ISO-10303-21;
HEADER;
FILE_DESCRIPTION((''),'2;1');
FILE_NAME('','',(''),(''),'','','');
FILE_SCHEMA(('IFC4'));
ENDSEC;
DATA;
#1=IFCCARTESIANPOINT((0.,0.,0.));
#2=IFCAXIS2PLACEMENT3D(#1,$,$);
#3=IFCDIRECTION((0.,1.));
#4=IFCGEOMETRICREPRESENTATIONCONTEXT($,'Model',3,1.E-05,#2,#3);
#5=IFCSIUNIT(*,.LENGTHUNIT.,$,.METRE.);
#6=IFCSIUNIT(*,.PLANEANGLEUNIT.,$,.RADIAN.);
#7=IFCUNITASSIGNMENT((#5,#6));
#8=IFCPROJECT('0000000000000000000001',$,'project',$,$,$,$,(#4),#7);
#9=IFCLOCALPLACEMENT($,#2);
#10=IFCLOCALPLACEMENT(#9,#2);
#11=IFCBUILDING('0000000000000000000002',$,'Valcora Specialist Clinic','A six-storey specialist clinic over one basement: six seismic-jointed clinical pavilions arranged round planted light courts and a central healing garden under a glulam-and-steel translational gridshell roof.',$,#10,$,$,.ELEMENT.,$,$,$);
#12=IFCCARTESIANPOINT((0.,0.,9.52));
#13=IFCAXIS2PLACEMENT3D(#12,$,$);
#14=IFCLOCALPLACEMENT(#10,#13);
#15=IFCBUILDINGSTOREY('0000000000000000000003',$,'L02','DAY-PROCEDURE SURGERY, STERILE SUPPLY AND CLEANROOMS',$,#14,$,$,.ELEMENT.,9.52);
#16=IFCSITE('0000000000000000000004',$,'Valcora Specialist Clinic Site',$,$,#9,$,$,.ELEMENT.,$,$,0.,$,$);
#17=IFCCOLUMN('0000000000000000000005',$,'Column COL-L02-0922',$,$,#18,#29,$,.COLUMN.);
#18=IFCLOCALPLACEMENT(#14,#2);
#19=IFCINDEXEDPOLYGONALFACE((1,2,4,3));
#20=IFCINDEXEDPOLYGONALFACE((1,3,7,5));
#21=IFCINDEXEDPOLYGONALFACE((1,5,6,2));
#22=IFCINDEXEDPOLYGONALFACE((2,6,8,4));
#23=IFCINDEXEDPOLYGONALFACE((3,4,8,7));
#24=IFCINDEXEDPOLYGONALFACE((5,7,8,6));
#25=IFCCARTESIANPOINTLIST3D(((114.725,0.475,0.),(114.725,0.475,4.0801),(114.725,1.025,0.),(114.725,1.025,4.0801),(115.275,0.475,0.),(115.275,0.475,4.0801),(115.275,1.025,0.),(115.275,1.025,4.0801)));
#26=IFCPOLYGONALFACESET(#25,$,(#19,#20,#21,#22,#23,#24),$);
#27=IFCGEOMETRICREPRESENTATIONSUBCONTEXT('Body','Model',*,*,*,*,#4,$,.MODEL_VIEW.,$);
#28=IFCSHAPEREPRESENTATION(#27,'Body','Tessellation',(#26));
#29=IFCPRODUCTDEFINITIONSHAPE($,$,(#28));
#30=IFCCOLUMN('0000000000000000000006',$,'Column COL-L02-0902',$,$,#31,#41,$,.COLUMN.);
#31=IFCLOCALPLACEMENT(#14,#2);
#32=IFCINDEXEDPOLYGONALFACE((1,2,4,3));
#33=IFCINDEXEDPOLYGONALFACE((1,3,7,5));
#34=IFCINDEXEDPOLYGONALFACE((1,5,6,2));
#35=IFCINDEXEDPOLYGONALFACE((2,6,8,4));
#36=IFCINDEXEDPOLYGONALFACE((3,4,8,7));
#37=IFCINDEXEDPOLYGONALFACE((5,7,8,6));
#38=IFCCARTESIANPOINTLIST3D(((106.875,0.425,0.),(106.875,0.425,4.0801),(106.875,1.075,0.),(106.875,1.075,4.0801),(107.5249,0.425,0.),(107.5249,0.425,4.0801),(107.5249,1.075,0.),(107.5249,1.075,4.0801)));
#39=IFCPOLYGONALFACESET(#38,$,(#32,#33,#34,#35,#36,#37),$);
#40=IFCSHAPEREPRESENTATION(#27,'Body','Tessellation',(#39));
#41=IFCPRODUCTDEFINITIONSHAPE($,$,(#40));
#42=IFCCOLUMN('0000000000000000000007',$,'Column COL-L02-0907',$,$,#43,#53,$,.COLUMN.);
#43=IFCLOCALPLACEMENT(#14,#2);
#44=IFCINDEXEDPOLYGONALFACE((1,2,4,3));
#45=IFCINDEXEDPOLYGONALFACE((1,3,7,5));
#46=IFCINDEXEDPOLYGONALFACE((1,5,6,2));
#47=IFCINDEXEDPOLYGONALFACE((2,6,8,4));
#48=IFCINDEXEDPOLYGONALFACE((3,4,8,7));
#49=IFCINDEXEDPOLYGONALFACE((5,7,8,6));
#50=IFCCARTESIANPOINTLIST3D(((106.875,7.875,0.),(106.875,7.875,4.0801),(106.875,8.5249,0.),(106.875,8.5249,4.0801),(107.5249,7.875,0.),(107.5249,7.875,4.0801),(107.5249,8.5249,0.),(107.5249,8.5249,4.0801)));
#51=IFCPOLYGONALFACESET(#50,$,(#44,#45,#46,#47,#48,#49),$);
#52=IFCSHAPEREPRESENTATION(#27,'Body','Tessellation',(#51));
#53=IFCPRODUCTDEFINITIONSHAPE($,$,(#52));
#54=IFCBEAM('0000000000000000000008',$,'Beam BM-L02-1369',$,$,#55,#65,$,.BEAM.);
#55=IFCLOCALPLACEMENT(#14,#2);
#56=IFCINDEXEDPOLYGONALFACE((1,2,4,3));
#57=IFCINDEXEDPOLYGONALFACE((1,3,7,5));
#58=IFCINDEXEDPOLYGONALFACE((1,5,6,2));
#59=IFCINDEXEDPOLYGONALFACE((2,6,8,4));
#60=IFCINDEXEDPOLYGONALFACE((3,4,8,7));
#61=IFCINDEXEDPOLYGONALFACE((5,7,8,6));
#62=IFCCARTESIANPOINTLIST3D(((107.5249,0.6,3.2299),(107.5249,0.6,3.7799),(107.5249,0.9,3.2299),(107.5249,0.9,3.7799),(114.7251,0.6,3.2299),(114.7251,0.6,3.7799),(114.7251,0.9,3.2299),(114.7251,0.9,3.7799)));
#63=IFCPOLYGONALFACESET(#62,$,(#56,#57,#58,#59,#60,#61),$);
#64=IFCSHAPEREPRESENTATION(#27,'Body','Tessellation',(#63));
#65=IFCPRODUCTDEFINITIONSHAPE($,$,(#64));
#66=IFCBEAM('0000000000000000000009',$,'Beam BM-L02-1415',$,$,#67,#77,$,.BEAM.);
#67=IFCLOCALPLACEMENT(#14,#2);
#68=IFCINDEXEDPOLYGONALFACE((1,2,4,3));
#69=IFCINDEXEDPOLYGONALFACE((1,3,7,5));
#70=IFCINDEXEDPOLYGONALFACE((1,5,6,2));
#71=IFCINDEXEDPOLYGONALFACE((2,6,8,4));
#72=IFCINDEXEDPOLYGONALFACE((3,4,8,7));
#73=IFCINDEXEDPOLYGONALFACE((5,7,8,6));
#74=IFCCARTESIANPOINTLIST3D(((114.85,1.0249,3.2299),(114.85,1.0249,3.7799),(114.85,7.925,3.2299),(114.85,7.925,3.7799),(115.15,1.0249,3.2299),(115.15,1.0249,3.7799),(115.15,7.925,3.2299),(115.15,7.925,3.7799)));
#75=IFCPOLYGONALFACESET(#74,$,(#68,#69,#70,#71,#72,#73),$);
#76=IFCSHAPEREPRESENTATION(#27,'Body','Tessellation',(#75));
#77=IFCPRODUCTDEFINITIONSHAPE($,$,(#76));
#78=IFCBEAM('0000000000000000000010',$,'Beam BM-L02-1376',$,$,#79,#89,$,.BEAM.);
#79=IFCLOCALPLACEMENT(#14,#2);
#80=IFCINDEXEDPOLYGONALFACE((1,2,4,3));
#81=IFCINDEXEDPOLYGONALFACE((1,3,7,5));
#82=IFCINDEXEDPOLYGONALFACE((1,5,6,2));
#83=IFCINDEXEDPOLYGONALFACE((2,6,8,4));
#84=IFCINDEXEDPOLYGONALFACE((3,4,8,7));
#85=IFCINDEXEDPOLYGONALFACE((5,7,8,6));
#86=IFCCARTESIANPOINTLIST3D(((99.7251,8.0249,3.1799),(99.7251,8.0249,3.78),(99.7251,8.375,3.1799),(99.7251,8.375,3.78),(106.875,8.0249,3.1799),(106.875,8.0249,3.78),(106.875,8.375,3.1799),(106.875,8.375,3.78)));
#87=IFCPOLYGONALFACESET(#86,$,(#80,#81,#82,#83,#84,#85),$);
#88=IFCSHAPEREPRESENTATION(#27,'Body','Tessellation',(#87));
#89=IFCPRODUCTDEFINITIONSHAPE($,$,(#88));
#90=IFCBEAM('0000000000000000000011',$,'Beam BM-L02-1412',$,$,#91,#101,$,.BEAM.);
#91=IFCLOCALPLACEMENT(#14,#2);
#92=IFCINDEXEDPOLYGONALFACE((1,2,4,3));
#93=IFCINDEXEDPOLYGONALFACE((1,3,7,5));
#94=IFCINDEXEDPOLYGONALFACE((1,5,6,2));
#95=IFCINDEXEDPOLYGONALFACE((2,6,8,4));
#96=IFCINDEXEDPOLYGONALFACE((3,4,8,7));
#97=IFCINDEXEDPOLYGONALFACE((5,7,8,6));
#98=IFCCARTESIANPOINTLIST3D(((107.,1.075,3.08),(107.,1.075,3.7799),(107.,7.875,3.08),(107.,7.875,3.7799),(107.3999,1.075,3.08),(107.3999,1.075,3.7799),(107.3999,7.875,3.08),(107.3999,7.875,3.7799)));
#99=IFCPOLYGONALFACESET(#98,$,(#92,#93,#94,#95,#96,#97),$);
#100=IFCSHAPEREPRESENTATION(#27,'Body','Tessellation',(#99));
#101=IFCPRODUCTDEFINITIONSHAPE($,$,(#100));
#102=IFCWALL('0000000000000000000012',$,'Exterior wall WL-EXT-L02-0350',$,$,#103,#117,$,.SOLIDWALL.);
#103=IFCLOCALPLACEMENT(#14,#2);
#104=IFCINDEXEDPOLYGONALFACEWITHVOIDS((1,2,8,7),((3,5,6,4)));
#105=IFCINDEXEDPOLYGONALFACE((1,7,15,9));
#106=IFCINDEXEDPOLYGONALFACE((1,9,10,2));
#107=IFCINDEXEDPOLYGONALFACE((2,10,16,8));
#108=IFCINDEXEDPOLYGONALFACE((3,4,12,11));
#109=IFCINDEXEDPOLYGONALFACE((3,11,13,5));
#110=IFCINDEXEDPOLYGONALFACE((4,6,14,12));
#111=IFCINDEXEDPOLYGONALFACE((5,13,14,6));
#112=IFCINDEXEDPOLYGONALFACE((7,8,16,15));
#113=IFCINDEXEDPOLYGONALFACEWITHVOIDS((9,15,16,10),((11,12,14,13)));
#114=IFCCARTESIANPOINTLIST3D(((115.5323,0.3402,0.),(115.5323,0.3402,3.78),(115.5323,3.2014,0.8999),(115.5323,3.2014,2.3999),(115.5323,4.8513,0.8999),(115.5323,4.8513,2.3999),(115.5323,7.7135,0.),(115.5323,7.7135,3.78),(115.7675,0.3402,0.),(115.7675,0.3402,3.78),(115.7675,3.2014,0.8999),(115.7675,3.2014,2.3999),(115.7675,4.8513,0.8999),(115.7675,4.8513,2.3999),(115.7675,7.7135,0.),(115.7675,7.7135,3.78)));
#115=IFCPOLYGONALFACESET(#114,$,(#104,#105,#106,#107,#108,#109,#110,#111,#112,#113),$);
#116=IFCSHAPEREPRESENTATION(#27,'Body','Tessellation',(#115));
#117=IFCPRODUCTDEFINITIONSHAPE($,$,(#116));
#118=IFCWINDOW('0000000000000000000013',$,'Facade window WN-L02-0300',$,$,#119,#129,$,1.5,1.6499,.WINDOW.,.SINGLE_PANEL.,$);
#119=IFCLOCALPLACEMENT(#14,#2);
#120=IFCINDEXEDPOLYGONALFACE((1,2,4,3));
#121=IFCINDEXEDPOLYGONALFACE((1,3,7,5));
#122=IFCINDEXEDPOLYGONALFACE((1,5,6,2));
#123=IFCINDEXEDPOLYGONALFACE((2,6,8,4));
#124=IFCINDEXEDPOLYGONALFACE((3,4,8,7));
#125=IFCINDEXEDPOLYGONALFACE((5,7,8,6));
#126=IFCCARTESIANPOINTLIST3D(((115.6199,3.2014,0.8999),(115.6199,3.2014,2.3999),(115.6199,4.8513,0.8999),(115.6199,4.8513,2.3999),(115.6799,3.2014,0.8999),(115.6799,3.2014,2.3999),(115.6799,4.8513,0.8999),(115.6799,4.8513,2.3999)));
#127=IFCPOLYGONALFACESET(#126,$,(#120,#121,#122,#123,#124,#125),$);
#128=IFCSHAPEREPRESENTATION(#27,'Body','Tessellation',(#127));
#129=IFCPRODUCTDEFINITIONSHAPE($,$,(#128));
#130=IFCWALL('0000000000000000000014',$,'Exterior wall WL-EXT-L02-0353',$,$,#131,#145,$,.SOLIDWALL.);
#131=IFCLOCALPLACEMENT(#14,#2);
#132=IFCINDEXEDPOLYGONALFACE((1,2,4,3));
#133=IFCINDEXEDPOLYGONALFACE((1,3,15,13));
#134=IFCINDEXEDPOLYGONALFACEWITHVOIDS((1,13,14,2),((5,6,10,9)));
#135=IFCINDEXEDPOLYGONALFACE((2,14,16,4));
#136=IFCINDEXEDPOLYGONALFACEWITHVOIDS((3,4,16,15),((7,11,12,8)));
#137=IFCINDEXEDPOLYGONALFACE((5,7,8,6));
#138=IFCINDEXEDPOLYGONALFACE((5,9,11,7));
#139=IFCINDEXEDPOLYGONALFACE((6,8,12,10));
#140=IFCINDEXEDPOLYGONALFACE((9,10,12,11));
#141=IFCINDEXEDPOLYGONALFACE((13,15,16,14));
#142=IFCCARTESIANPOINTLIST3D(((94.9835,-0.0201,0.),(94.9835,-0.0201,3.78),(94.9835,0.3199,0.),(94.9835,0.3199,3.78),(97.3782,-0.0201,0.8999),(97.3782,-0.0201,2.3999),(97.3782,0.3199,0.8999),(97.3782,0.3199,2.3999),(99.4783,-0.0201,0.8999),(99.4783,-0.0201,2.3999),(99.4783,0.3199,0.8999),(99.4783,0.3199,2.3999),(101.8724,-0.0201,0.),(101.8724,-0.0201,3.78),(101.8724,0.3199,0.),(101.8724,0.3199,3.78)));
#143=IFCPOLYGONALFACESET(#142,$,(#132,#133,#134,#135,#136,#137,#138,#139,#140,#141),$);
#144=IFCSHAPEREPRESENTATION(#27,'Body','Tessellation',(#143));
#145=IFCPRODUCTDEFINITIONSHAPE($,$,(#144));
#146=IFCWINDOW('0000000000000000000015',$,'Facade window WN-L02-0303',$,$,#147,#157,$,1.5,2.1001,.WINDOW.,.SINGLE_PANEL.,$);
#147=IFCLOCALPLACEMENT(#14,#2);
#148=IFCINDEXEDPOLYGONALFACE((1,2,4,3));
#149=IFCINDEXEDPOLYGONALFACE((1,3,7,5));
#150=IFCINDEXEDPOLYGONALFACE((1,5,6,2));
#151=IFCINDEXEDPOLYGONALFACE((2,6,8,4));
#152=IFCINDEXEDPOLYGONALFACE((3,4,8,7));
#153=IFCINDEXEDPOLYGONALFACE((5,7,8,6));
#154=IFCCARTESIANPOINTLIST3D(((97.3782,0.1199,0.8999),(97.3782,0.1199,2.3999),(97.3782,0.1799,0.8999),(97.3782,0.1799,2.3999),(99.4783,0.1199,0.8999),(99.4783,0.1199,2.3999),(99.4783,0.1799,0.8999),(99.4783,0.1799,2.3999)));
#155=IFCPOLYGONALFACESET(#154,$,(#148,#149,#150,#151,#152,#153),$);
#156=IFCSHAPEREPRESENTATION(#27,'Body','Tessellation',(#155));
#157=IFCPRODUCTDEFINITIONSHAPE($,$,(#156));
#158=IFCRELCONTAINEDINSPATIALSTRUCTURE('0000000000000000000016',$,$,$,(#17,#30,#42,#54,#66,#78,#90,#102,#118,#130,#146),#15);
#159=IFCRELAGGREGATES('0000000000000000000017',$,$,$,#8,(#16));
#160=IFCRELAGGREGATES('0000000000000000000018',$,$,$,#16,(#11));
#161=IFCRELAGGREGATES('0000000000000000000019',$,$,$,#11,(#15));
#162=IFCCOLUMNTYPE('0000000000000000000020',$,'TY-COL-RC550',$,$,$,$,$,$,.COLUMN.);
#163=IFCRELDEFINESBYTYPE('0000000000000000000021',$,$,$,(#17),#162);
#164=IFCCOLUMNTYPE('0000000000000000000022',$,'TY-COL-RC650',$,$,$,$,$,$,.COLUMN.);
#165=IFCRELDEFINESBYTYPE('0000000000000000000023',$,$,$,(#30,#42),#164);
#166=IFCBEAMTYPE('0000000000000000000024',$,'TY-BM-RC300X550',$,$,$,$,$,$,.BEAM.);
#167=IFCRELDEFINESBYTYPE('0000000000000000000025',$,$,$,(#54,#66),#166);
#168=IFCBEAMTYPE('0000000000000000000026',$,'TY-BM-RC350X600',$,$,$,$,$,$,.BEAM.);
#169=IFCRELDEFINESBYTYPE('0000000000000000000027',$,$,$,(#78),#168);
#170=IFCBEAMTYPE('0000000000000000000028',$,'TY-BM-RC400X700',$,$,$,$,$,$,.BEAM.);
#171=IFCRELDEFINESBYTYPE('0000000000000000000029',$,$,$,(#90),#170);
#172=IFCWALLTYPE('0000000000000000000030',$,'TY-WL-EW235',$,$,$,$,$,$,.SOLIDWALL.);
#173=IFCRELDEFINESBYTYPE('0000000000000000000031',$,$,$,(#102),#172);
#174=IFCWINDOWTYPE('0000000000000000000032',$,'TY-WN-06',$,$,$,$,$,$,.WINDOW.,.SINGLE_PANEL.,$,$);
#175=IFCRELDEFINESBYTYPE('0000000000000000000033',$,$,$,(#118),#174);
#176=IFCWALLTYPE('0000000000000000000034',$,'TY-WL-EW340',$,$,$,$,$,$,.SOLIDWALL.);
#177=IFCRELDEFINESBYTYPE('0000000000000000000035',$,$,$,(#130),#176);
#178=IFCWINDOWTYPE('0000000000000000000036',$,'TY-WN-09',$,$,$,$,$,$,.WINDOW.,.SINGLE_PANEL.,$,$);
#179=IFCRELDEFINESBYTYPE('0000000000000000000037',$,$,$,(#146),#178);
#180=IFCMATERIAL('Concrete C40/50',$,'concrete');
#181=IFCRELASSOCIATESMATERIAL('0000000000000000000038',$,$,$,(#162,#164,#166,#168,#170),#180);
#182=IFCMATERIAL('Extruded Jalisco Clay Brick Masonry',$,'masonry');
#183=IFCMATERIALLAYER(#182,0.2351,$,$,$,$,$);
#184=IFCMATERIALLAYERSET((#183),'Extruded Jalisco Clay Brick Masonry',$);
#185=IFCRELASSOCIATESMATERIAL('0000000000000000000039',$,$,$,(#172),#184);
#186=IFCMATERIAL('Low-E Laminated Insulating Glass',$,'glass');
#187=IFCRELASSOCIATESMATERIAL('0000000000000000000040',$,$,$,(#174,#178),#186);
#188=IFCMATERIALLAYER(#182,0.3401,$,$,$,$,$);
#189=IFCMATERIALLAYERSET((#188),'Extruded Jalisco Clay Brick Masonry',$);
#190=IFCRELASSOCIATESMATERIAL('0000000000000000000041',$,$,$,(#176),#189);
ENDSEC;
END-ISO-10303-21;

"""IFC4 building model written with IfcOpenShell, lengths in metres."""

from ifc_helpers import new_model, si_unit, direction, frame, frame_2d, origin, origin_2d, place, context, subcontext, project, spatial, rectangle, extrude, material, layer, layer_set, material_profile, profile_set, type_object, element, fill, save


model = new_model("IFC4")

# Units and contexts
model_context = context("Model", 3, precision=1e-05, world=origin(), true_north=direction((0.0, 1.0)))
body_context = subcontext(model_context, "Body", "Model", "MODEL_VIEW")
ifc_project = project(units=[si_unit("LENGTHUNIT", "METRE"), si_unit("PLANEANGLEUNIT", "RADIAN")], contexts=[model_context])

# Site, building, storey
site_placement = place(None, origin())
site = spatial("IfcSite", under=ifc_project, at=site_placement, Name="Valcora Specialist Clinic Site", CompositionType="ELEMENT", RefElevation=0.0)
building_placement = place(site_placement, origin())
building = spatial("IfcBuilding", under=site, at=building_placement, Name="Valcora Specialist Clinic", Description="A six-storey specialist clinic over one basement: six seismic-jointed clinical pavilions arranged round planted light courts and a central healing garden under a glulam-and-steel translational gridshell roof.", CompositionType="ELEMENT")
storey_placement = place(building_placement, frame((0.0, 0.0, 9.52)))
storey = spatial("IfcBuildingStorey", under=building, at=storey_placement, Name="L02", Description="DAY-PROCEDURE SURGERY, STERILE SUPPLY AND CLEANROOMS", CompositionType="ELEMENT", Elevation=9.52)

# Columns
ifc_material_1 = material(Name="Concrete C40/50", Category="concrete")
ifc_material_profile_1 = material_profile(ifc_material_1, rectangle(XDim=0.55, YDim=0.55, at=origin_2d()), Name="RC-COL-550X550")
ifc_profile_set_1 = profile_set([ifc_material_profile_1], Name="Concrete C40/50")
column_type_1 = type_object("IfcColumnType", Name="TY-COL-RC550", PredefinedType="COLUMN", material=ifc_profile_set_1)
column_placement = place(storey_placement, frame((115.0, 0.75, 0.0), z_axis=(0.0, 0.0, 1.0), x_axis=(1.0, 0.0, 0.0)))
element("IfcColumn", 1, at=column_placement, inside=storey, type_object=column_type_1, Name="Column COL-L02-0922", PredefinedType="COLUMN", context=body_context, shape_type="SweptSolid", body=[
    extrude(rectangle(XDim=0.55, YDim=0.55, at=origin_2d()), origin(), (0.0, 0.0, 1.0), 4.0801),
])
ifc_material_profile_2 = material_profile(ifc_material_1, rectangle(XDim=0.6499, YDim=0.6499, at=origin_2d()), Name="RC-COL-650X650")
ifc_profile_set_2 = profile_set([ifc_material_profile_2], Name="Concrete C40/50")
column_type_2 = type_object("IfcColumnType", Name="TY-COL-RC650", PredefinedType="COLUMN", material=ifc_profile_set_2)
for number, where, z_axis, x_axis, name in (
    (2, (107.2, 0.75, 0.0), (0.0, 0.0, 1.0), (1.0, 0.0, 0.0), "Column COL-L02-0902"),
    (3, (107.2, 8.2, 0.0), (0.0, 0.0, 1.0), (1.0, 0.0, 0.0), "Column COL-L02-0907"),
):
    element("IfcColumn", number, at=place(storey_placement, frame(where, z_axis=z_axis, x_axis=x_axis)), inside=storey, type_object=column_type_2, Name=name, PredefinedType="COLUMN", context=body_context, shape_type="SweptSolid", body=[
        extrude(rectangle(XDim=0.6499, YDim=0.6499, at=origin_2d()), origin(), (0.0, 0.0, 1.0), 4.0801),
    ])

# Beams
ifc_material_profile_3 = material_profile(ifc_material_1, rectangle(XDim=0.3, YDim=0.55, at=origin_2d()), Name="RC-BM-300X550")
ifc_profile_set_3 = profile_set([ifc_material_profile_3], Name="Concrete C40/50")
beam_type_1 = type_object("IfcBeamType", Name="TY-BM-RC300X550", PredefinedType="BEAM", material=ifc_profile_set_3)
beam_1_placement = place(storey_placement, frame((107.5249, 0.75, 3.5049), z_axis=(1.0, 0.0, 0.0), x_axis=(0.0, 1.0, 0.0)))
element("IfcBeam", 4, at=beam_1_placement, inside=storey, type_object=beam_type_1, Name="Beam BM-L02-1369", PredefinedType="BEAM", context=body_context, shape_type="SweptSolid", body=[
    extrude(rectangle(XDim=0.3, YDim=0.55, at=origin_2d()), origin(), (0.0, 0.0, 1.0), 7.2002),
])
beam_2_placement = place(storey_placement, frame((115.0, 1.0249, 3.5049), z_axis=(0.0, 1.0, 0.0), x_axis=(-1.0, 0.0, 0.0)))
element("IfcBeam", 5, at=beam_2_placement, inside=storey, type_object=beam_type_1, Name="Beam BM-L02-1415", PredefinedType="BEAM", context=body_context, shape_type="SweptSolid", body=[
    extrude(rectangle(XDim=0.3, YDim=0.55, at=origin_2d()), origin(), (0.0, 0.0, 1.0), 6.9001),
])
ifc_material_profile_4 = material_profile(ifc_material_1, rectangle(XDim=0.3501, YDim=0.6001, at=origin_2d()), Name="RC-BM-350X600")
ifc_profile_set_4 = profile_set([ifc_material_profile_4], Name="Concrete C40/50")
beam_type_2 = type_object("IfcBeamType", Name="TY-BM-RC350X600", PredefinedType="BEAM", material=ifc_profile_set_4)
beam_3_placement = place(storey_placement, frame((99.7251, 8.2, 3.48), z_axis=(1.0, 0.0, 0.0), x_axis=(0.0, 1.0, 0.0)))
element("IfcBeam", 6, at=beam_3_placement, inside=storey, type_object=beam_type_2, Name="Beam BM-L02-1376", PredefinedType="BEAM", context=body_context, shape_type="SweptSolid", body=[
    extrude(rectangle(XDim=0.3501, YDim=0.6001, at=origin_2d()), origin(), (0.0, 0.0, 1.0), 7.1499),
])
ifc_material_profile_5 = material_profile(ifc_material_1, rectangle(XDim=0.3999, YDim=0.7, at=origin_2d()), Name="RC-BM-400X700")
ifc_profile_set_5 = profile_set([ifc_material_profile_5], Name="Concrete C40/50")
beam_type_3 = type_object("IfcBeamType", Name="TY-BM-RC400X700", PredefinedType="BEAM", material=ifc_profile_set_5)
beam_4_placement = place(storey_placement, frame((107.2, 1.075, 3.4299), z_axis=(0.0, 1.0, 0.0), x_axis=(-1.0, 0.0, 0.0)))
element("IfcBeam", 7, at=beam_4_placement, inside=storey, type_object=beam_type_3, Name="Beam BM-L02-1412", PredefinedType="BEAM", context=body_context, shape_type="SweptSolid", body=[
    extrude(rectangle(XDim=0.3999, YDim=0.7, at=origin_2d()), origin(), (0.0, 0.0, 1.0), 6.8),
])

# Walls, openings, windows
ifc_material_2 = material(Name="Extruded Jalisco Clay Brick Masonry", Category="masonry")
ifc_layer_1 = layer(ifc_material_2, 0.2351)
ifc_layer_set_1 = layer_set([ifc_layer_1], Name="Extruded Jalisco Clay Brick Masonry")
wall_type_1 = type_object("IfcWallType", Name="TY-WL-EW235", PredefinedType="SOLIDWALL", material=ifc_layer_set_1)
wall_1_placement = place(storey_placement, frame((115.6499, 7.7134, 0.0), z_axis=(0.0, 0.0, 1.0), x_axis=(0.0, -1.0, 0.0)))
wall_1 = element("IfcWall", 8, at=wall_1_placement, inside=storey, type_object=wall_type_1, Name="Exterior wall WL-EXT-L02-0350", PredefinedType="SOLIDWALL", context=body_context, shape_type="SweptSolid", body=[
    extrude(rectangle(XDim=7.3733, YDim=0.2351, at=frame_2d((3.6865, 0.0))), origin(), (0.0, 0.0, 1.0), 3.78),
])
opening_1_placement = place(wall_1_placement, frame((2.8621, 0.0, 0.8999)))
opening_1 = element("IfcOpeningElement", 9, at=opening_1_placement, cuts=wall_1, PredefinedType="OPENING", context=body_context, shape_type="SweptSolid", body=[
    extrude(rectangle(XDim=1.6499, YDim=1.5, at=frame_2d((0.825, 0.75))), frame((0.0, 0.1274, 0.0), z_axis=(0.0, -1.0, 0.0), x_axis=(1.0, 0.0, 0.0)), (0.0, 0.0, 1.0), 0.2551),
])
ifc_material_3 = material(Name="Low-E Laminated Insulating Glass", Category="glass")
window_type_1 = type_object("IfcWindowType", Name="TY-WN-06", PartitioningType="SINGLE_PANEL", PredefinedType="WINDOW", material=ifc_material_3)
window_1_placement = place(opening_1_placement, origin())
window_1 = element("IfcWindow", 10, at=window_1_placement, inside=storey, type_object=window_type_1, Name="Facade window WN-L02-0300", OverallHeight=1.5, OverallWidth=1.6499, PartitioningType="SINGLE_PANEL", PredefinedType="WINDOW", context=body_context, shape_type="SweptSolid", body=[
    extrude(rectangle(XDim=1.6499, YDim=1.5, at=frame_2d((0.825, 0.75))), frame((0.0, 0.03, 0.0), z_axis=(0.0, -1.0, 0.0), x_axis=(1.0, 0.0, 0.0)), (0.0, 0.0, 1.0), 0.0601),
])
fill(opening_1, window_1)
ifc_layer_2 = layer(ifc_material_2, 0.3401)
ifc_layer_set_2 = layer_set([ifc_layer_2], Name="Extruded Jalisco Clay Brick Masonry")
wall_type_2 = type_object("IfcWallType", Name="TY-WL-EW340", PredefinedType="SOLIDWALL", material=ifc_layer_set_2)
wall_2_placement = place(storey_placement, frame((101.8723, 0.1499, 0.0), z_axis=(0.0, 0.0, 1.0), x_axis=(-1.0, 0.0, 0.0)))
wall_2 = element("IfcWall", 11, at=wall_2_placement, inside=storey, type_object=wall_type_2, Name="Exterior wall WL-EXT-L02-0353", PredefinedType="SOLIDWALL", context=body_context, shape_type="SweptSolid", body=[
    extrude(rectangle(XDim=6.8889, YDim=0.3401, at=frame_2d((3.4443, 0.0))), origin(), (0.0, 0.0, 1.0), 3.78),
])
opening_2_placement = place(wall_2_placement, frame((2.394, 0.0, 0.8999)))
opening_2 = element("IfcOpeningElement", 12, at=opening_2_placement, cuts=wall_2, PredefinedType="OPENING", context=body_context, shape_type="SweptSolid", body=[
    extrude(rectangle(XDim=2.1001, YDim=1.5, at=frame_2d((1.05, 0.75))), frame((0.0, 0.1799, 0.0), z_axis=(0.0, -1.0, 0.0), x_axis=(1.0, 0.0, 0.0)), (0.0, 0.0, 1.0), 0.3601),
])
window_type_2 = type_object("IfcWindowType", Name="TY-WN-09", PartitioningType="SINGLE_PANEL", PredefinedType="WINDOW", material=ifc_material_3)
window_2_placement = place(opening_2_placement, origin())
window_2 = element("IfcWindow", 13, at=window_2_placement, inside=storey, type_object=window_type_2, Name="Facade window WN-L02-0303", OverallHeight=1.5, OverallWidth=2.1001, PartitioningType="SINGLE_PANEL", PredefinedType="WINDOW", context=body_context, shape_type="SweptSolid", body=[
    extrude(rectangle(XDim=2.1001, YDim=1.5, at=frame_2d((1.05, 0.75))), frame((0.0, 0.03, 0.0), z_axis=(0.0, -1.0, 0.0), x_axis=(1.0, 0.0, 0.0)), (0.0, 0.0, 1.0), 0.0601),
])
fill(opening_2, window_2)

save(model, "model.ifc")
